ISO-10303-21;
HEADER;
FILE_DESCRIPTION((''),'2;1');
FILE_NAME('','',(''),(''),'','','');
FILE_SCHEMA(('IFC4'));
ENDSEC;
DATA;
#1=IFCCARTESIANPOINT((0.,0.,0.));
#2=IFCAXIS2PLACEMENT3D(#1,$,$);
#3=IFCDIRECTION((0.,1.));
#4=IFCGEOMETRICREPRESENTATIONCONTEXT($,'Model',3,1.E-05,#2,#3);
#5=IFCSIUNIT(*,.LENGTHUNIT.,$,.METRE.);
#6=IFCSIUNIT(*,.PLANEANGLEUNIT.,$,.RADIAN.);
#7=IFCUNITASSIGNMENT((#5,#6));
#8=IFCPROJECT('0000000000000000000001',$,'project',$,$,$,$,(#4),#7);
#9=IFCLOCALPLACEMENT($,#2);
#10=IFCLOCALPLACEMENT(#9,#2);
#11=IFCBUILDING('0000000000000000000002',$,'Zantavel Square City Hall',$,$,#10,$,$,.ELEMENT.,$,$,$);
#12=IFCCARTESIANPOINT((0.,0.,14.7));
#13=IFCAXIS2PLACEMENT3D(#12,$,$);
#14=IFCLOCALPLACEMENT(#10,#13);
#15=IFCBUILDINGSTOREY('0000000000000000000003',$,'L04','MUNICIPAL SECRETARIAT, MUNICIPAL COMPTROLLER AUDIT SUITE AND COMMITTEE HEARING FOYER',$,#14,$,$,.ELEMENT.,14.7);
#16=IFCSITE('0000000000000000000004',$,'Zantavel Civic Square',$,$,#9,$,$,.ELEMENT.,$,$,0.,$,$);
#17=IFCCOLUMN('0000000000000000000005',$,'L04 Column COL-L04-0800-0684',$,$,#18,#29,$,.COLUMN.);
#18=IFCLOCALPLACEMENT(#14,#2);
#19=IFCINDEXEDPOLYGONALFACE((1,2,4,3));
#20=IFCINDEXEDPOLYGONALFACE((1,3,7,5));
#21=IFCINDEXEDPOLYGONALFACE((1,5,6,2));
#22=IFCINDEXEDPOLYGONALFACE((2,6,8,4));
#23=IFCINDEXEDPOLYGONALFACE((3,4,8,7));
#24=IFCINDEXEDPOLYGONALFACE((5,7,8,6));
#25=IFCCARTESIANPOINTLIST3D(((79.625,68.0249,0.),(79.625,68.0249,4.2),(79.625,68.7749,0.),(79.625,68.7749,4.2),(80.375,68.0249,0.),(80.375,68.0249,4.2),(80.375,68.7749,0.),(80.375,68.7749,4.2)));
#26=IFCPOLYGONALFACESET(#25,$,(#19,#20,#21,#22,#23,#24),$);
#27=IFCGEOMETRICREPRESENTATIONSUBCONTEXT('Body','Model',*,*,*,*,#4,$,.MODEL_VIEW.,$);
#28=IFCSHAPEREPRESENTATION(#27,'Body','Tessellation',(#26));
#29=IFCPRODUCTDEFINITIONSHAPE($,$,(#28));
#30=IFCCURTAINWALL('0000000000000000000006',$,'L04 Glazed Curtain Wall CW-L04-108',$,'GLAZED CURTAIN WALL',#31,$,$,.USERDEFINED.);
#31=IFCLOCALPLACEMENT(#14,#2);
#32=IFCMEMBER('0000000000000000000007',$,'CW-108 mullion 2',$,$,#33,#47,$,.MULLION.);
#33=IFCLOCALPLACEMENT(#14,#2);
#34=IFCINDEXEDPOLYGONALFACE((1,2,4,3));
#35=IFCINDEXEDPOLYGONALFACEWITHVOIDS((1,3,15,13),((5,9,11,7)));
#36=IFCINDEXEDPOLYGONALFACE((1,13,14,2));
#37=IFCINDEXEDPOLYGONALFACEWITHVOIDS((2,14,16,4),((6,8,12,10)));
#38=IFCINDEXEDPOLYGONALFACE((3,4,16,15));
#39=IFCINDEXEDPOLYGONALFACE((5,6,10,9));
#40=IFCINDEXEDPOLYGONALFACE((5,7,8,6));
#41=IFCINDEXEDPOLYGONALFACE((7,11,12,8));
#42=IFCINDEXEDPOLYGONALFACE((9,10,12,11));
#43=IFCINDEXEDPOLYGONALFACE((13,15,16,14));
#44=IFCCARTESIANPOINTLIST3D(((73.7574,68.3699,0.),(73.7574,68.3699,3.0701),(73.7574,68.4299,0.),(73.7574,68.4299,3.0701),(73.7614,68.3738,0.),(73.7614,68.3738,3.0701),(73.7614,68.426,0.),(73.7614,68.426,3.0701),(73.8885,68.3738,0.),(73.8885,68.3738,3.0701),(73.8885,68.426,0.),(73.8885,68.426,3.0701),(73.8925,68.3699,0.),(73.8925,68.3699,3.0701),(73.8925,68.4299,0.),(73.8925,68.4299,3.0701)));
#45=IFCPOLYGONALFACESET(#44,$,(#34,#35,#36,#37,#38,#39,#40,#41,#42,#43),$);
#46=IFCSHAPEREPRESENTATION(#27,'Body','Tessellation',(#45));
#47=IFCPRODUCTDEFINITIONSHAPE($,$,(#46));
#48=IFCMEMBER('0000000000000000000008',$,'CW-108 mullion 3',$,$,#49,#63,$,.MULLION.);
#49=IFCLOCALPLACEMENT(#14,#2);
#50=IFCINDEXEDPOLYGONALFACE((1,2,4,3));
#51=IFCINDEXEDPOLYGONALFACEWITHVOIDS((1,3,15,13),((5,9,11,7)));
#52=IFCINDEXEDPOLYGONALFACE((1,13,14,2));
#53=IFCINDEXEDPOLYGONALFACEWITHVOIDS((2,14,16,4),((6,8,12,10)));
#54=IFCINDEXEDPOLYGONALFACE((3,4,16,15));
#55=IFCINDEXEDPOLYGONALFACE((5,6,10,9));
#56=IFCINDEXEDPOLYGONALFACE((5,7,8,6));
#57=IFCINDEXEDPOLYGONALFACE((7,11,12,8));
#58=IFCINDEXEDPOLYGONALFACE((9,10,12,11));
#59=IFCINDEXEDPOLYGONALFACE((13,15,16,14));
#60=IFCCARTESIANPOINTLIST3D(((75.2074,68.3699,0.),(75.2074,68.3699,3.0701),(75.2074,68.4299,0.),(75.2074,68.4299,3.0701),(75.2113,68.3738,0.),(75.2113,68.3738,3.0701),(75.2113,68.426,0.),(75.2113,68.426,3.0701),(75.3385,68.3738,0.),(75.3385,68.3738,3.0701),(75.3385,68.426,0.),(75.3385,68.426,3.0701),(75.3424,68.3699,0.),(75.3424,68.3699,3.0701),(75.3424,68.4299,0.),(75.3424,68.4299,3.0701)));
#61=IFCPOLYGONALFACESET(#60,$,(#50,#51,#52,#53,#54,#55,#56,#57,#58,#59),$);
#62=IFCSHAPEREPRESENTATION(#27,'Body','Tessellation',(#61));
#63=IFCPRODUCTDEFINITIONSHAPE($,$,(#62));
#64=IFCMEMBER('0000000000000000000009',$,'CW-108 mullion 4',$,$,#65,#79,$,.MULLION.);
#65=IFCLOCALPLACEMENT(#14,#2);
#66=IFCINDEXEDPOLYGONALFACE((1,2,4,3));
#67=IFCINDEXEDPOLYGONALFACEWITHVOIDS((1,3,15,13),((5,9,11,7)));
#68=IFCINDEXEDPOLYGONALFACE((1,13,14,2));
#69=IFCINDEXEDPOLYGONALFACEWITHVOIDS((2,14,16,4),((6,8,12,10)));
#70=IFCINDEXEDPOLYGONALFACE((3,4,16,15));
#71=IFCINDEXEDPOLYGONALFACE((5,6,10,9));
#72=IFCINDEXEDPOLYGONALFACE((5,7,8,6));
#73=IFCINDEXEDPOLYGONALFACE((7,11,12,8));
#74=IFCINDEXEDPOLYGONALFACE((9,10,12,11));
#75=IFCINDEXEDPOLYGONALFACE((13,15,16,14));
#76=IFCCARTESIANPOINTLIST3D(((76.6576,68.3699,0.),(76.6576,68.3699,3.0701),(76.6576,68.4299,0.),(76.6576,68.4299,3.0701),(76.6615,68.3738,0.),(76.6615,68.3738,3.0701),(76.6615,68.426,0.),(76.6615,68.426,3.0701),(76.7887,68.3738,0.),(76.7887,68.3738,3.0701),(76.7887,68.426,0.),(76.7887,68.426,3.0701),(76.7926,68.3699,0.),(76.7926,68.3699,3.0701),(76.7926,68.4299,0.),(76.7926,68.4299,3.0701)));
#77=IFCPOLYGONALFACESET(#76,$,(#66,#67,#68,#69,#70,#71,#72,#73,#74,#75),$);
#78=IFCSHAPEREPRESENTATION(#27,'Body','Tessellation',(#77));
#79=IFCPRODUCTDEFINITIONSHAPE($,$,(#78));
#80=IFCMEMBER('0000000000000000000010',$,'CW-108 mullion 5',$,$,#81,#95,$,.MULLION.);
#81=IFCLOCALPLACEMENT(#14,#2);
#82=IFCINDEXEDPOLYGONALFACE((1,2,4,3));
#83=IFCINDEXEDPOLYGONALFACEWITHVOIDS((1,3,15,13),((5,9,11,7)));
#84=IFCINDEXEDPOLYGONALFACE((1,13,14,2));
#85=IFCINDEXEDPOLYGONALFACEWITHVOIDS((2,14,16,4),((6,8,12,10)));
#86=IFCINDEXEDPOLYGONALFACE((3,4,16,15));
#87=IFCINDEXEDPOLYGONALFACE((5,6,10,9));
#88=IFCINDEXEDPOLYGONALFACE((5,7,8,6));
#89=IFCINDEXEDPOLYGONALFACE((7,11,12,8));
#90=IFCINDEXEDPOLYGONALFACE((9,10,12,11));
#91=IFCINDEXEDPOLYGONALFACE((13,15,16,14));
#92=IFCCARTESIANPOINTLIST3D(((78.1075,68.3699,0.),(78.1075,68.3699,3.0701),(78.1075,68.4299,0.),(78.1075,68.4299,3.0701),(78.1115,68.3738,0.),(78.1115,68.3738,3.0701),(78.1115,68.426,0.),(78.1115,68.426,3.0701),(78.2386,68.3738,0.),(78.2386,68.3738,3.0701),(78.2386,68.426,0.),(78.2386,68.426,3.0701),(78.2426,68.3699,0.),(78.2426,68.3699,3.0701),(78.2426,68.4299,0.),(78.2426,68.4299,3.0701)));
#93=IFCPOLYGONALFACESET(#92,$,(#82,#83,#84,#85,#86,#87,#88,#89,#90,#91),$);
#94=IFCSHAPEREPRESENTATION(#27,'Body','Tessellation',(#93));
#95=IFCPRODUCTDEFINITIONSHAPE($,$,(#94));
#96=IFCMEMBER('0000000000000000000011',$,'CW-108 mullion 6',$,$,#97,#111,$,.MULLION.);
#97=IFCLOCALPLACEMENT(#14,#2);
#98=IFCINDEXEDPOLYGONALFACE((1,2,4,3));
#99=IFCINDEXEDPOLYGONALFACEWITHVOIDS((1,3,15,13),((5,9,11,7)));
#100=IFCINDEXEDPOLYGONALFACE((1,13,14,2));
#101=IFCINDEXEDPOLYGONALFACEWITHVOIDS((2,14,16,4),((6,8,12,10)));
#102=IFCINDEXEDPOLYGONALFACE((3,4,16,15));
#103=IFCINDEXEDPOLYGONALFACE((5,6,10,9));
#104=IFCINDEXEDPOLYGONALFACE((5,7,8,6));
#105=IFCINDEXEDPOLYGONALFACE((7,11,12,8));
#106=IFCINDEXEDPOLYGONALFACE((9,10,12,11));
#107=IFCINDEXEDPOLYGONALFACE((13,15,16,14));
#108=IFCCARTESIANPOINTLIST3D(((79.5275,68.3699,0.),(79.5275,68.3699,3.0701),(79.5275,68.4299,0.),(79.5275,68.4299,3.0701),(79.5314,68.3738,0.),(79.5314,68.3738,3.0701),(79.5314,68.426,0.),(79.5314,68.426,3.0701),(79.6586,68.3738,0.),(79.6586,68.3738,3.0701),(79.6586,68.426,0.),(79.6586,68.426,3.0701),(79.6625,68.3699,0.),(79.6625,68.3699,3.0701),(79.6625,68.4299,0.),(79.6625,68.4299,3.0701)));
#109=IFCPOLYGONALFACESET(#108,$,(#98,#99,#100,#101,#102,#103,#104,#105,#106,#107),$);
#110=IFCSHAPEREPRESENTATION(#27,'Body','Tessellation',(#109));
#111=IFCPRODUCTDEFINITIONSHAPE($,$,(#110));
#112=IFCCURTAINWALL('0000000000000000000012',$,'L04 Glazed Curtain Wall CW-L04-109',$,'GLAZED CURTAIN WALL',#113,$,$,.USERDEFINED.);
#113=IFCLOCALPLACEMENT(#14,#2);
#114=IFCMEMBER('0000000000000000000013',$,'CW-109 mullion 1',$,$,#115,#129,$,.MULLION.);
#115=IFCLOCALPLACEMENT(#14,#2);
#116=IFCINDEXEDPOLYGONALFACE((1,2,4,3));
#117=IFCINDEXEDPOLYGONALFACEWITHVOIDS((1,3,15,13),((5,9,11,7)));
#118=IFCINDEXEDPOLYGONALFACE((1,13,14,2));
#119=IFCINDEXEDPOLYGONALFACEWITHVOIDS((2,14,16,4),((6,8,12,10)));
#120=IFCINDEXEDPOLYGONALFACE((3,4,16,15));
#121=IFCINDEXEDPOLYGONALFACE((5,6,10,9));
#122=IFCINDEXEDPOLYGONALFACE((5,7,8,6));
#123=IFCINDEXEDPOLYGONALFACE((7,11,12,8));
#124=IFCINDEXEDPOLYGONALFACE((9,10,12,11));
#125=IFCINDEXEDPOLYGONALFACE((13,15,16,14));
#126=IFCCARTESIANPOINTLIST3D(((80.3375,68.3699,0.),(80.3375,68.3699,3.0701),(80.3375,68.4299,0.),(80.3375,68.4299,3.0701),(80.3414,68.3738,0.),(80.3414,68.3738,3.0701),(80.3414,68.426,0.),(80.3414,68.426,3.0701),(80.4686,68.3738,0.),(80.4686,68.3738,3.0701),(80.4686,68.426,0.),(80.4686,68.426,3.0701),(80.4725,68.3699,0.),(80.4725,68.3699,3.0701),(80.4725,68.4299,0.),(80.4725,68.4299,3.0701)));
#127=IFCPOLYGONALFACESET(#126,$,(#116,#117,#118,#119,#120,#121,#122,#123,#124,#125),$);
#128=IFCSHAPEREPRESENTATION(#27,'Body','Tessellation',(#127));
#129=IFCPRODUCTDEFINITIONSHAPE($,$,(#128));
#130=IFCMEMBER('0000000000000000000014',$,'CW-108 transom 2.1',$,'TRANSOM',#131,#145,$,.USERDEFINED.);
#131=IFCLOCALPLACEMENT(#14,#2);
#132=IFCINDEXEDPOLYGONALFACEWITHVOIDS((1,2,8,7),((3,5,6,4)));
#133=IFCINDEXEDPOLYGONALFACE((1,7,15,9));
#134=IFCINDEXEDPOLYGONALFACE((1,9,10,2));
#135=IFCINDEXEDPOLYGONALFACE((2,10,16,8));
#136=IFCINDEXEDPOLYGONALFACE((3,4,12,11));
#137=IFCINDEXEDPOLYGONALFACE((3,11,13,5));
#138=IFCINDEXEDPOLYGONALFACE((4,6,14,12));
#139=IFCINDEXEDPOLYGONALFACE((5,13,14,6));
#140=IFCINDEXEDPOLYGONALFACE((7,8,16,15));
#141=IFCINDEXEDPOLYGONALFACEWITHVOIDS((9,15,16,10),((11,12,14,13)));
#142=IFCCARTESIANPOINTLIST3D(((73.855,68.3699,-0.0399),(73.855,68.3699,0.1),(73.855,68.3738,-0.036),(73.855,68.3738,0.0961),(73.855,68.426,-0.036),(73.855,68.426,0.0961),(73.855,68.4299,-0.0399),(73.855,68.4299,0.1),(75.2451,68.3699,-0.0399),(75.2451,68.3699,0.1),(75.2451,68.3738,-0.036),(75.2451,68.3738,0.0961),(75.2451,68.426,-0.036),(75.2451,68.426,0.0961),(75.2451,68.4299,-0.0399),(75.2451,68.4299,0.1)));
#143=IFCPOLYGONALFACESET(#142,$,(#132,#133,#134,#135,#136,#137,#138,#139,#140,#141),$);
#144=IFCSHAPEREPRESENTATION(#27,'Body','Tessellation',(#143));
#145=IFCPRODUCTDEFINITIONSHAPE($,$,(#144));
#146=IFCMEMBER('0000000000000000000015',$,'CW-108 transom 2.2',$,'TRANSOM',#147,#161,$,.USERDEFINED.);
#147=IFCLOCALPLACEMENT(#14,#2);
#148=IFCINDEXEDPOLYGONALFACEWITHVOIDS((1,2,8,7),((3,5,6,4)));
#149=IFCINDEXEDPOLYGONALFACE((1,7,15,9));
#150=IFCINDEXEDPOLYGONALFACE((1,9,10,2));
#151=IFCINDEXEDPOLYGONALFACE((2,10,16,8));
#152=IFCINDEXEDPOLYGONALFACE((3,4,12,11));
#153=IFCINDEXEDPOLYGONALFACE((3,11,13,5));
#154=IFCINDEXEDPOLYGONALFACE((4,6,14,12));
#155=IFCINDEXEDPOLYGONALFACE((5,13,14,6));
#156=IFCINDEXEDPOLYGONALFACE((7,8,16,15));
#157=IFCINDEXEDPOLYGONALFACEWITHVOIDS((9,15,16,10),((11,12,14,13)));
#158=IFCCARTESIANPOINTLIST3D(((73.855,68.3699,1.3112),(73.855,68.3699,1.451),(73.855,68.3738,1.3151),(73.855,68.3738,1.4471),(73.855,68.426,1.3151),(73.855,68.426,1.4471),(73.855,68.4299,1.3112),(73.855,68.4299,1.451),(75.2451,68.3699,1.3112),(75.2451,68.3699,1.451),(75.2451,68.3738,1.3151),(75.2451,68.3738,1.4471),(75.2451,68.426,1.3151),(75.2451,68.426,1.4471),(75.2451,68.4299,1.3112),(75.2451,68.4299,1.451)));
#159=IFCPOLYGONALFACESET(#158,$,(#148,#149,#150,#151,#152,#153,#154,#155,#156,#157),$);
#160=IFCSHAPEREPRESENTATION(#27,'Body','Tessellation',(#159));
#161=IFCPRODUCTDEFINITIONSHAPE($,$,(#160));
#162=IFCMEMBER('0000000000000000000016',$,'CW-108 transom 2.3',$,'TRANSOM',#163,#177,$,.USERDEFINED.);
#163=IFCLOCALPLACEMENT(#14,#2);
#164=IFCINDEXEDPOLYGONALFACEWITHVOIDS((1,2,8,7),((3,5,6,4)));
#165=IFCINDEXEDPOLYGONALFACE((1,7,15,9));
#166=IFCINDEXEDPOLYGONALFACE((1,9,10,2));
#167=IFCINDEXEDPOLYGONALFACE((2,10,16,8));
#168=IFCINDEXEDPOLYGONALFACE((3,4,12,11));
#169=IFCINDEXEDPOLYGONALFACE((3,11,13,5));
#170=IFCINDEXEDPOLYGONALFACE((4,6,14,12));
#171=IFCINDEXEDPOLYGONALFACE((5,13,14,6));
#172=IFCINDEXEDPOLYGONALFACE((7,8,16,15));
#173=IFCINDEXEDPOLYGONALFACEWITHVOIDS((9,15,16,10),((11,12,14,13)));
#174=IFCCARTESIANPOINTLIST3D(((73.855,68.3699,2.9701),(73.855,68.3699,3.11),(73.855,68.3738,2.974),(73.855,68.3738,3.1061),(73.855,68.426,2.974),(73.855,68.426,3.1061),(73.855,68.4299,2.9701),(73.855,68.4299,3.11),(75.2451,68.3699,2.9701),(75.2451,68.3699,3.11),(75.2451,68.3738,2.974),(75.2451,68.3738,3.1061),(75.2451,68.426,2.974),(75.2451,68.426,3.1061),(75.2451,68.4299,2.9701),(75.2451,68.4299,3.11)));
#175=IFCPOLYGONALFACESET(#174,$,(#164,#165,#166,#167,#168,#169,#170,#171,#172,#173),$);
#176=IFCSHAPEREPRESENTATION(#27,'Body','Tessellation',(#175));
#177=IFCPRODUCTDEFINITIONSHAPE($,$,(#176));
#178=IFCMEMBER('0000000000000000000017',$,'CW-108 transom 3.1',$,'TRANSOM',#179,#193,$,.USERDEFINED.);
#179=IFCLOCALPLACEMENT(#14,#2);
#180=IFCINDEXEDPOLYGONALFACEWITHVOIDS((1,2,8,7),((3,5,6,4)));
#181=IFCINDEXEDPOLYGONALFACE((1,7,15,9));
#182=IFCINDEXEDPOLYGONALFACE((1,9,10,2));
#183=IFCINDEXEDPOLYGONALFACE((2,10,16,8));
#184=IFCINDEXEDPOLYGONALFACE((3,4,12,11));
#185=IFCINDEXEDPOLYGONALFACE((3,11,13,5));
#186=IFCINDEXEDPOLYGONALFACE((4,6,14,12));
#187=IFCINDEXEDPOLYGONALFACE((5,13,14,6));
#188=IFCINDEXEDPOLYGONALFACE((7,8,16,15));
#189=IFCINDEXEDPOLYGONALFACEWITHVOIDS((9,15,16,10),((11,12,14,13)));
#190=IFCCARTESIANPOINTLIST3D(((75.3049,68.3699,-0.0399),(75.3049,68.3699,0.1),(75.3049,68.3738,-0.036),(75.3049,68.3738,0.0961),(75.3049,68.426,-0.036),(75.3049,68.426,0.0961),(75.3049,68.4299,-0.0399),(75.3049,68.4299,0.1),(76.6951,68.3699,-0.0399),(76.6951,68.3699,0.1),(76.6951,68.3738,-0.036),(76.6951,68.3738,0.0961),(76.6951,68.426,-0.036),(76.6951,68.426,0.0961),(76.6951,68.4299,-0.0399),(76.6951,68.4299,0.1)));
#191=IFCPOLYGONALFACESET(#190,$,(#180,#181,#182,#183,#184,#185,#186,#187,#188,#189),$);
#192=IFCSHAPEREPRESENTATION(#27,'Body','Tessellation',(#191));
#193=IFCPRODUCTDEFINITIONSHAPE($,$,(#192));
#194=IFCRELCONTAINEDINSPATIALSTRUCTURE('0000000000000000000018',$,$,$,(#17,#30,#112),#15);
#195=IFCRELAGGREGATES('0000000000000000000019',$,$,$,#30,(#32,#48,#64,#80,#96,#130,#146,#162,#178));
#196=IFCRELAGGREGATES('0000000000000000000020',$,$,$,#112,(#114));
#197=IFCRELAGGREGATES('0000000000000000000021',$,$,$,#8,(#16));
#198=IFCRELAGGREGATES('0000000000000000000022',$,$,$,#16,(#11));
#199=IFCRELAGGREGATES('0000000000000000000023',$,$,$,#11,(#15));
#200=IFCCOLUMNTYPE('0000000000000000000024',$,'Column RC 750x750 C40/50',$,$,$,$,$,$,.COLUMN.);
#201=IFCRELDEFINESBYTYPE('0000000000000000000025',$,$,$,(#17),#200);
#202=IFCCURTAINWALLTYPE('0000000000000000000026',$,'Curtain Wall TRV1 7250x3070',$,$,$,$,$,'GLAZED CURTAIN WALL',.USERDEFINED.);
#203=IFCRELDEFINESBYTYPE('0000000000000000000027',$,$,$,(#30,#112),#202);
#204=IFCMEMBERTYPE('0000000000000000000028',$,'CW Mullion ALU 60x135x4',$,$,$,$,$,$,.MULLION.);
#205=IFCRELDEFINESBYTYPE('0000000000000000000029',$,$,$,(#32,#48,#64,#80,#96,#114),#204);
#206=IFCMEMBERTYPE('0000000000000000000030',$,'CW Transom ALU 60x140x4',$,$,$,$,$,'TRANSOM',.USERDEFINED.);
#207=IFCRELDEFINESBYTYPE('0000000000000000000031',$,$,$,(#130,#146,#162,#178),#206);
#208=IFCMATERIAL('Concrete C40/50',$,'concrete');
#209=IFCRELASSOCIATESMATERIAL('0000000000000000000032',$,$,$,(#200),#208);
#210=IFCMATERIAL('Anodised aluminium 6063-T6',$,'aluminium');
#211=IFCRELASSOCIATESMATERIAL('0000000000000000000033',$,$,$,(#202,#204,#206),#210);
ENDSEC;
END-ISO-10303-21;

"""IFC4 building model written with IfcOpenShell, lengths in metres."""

from ifc_helpers import new_model, si_unit, direction, frame, origin, origin_2d, place, context, subcontext, project, spatial, rectangle, hollow_rectangle, extrude, material, material_profile, profile_set, type_object, element, aggregate, save


model = new_model("IFC4")

# Units and contexts
model_context = context("Model", 3, precision=1e-05, world=origin(), true_north=direction((0.0, 1.0)))
body_context = subcontext(model_context, "Body", "Model", "MODEL_VIEW")
ifc_project = project(units=[si_unit("LENGTHUNIT", "METRE"), si_unit("PLANEANGLEUNIT", "RADIAN")], contexts=[model_context])

# Site, building, storey
site_placement = place(None, origin())
site = spatial("IfcSite", under=ifc_project, at=site_placement, Name="Zantavel Civic Square", CompositionType="ELEMENT", RefElevation=0.0)
building_placement = place(site_placement, origin())
building = spatial("IfcBuilding", under=site, at=building_placement, Name="Zantavel Square City Hall", CompositionType="ELEMENT")
storey_placement = place(building_placement, frame((0.0, 0.0, 14.7)))
storey = spatial("IfcBuildingStorey", under=building, at=storey_placement, Name="L04", Description="MUNICIPAL SECRETARIAT, MUNICIPAL COMPTROLLER AUDIT SUITE AND COMMITTEE HEARING FOYER", CompositionType="ELEMENT", Elevation=14.7)

# Column
ifc_material_1 = material(Name="Concrete C40/50", Category="concrete")
ifc_material_profile_1 = material_profile(ifc_material_1, rectangle(XDim=0.75, YDim=0.75, at=origin_2d()), Name="RC 750x750")
ifc_profile_set_1 = profile_set([ifc_material_profile_1], Name="Concrete C40/50")
column_type = type_object("IfcColumnType", Name="Column RC 750x750 C40/50", PredefinedType="COLUMN", material=ifc_profile_set_1)
column_placement = place(storey_placement, frame((80.0, 68.3999, 0.0), z_axis=(0.0, 0.0, 1.0), x_axis=(1.0, 0.0, 0.0)))
element("IfcColumn", 1, at=column_placement, inside=storey, type_object=column_type, Name="L04 Column COL-L04-0800-0684", PredefinedType="COLUMN", context=body_context, shape_type="SweptSolid", body=[
    extrude(rectangle(XDim=0.75, YDim=0.75, at=origin_2d()), origin(), (0.0, 0.0, 1.0), 4.2),
])

# Curtain wall, members
ifc_material_2 = material(Name="Anodised aluminium 6063-T6", Category="aluminium")
curtain_wall_type = type_object("IfcCurtainWallType", Name="Curtain Wall TRV1 7250x3070", ElementType="GLAZED CURTAIN WALL", PredefinedType="USERDEFINED", material=ifc_material_2)
curtain_wall_1_placement = place(storey_placement, origin())
curtain_wall_1 = element("IfcCurtainWall", 2, at=curtain_wall_1_placement, inside=storey, type_object=curtain_wall_type, Name="L04 Glazed Curtain Wall CW-L04-108", ObjectType="GLAZED CURTAIN WALL", PredefinedType="USERDEFINED")
ifc_material_profile_2 = material_profile(ifc_material_2, hollow_rectangle(XDim=0.0601, YDim=0.135, WallThickness=0.0039, at=origin_2d()), Name="ALU 60x135x4")
ifc_profile_set_2 = profile_set([ifc_material_profile_2], Name="Anodised aluminium 6063-T6")
member_type_1 = type_object("IfcMemberType", Name="CW Mullion ALU 60x135x4", PredefinedType="MULLION", material=ifc_profile_set_2)
member_1_placement = place(storey_placement, frame((73.825, 68.3999, 0.0), z_axis=(0.0, 0.0, 1.0), x_axis=(0.0, 1.0, 0.0)))
member_1 = element("IfcMember", 3, at=member_1_placement, type_object=member_type_1, Name="CW-108 mullion 2", PredefinedType="MULLION", context=body_context, shape_type="SweptSolid", body=[
    extrude(hollow_rectangle(XDim=0.0601, YDim=0.135, WallThickness=0.0039, at=origin_2d()), origin(), (0.0, 0.0, 1.0), 3.0701),
])
member_2_placement = place(storey_placement, frame((75.2749, 68.3999, 0.0), z_axis=(0.0, 0.0, 1.0), x_axis=(0.0, 1.0, 0.0)))
member_2 = element("IfcMember", 4, at=member_2_placement, type_object=member_type_1, Name="CW-108 mullion 3", PredefinedType="MULLION", context=body_context, shape_type="SweptSolid", body=[
    extrude(hollow_rectangle(XDim=0.0601, YDim=0.135, WallThickness=0.0039, at=origin_2d()), origin(), (0.0, 0.0, 1.0), 3.0701),
])
member_3_placement = place(storey_placement, frame((76.7251, 68.3999, 0.0), z_axis=(0.0, 0.0, 1.0), x_axis=(0.0, 1.0, 0.0)))
member_3 = element("IfcMember", 5, at=member_3_placement, type_object=member_type_1, Name="CW-108 mullion 4", PredefinedType="MULLION", context=body_context, shape_type="SweptSolid", body=[
    extrude(hollow_rectangle(XDim=0.0601, YDim=0.135, WallThickness=0.0039, at=origin_2d()), origin(), (0.0, 0.0, 1.0), 3.0701),
])
member_4_placement = place(storey_placement, frame((78.175, 68.3999, 0.0), z_axis=(0.0, 0.0, 1.0), x_axis=(0.0, 1.0, 0.0)))
member_4 = element("IfcMember", 6, at=member_4_placement, type_object=member_type_1, Name="CW-108 mullion 5", PredefinedType="MULLION", context=body_context, shape_type="SweptSolid", body=[
    extrude(hollow_rectangle(XDim=0.0601, YDim=0.135, WallThickness=0.0039, at=origin_2d()), origin(), (0.0, 0.0, 1.0), 3.0701),
])
member_5_placement = place(storey_placement, frame((79.595, 68.3999, 0.0), z_axis=(0.0, 0.0, 1.0), x_axis=(0.0, 1.0, 0.0)))
member_5 = element("IfcMember", 7, at=member_5_placement, type_object=member_type_1, Name="CW-108 mullion 6", PredefinedType="MULLION", context=body_context, shape_type="SweptSolid", body=[
    extrude(hollow_rectangle(XDim=0.0601, YDim=0.135, WallThickness=0.0039, at=origin_2d()), origin(), (0.0, 0.0, 1.0), 3.0701),
])

# Curtain wall, member
curtain_wall_2_placement = place(storey_placement, origin())
curtain_wall_2 = element("IfcCurtainWall", 8, at=curtain_wall_2_placement, inside=storey, type_object=curtain_wall_type, Name="L04 Glazed Curtain Wall CW-L04-109", ObjectType="GLAZED CURTAIN WALL", PredefinedType="USERDEFINED")
member_6_placement = place(storey_placement, frame((80.405, 68.3999, 0.0), z_axis=(0.0, 0.0, 1.0), x_axis=(0.0, 1.0, 0.0)))
member_6 = element("IfcMember", 9, at=member_6_placement, type_object=member_type_1, Name="CW-109 mullion 1", PredefinedType="MULLION", context=body_context, shape_type="SweptSolid", body=[
    extrude(hollow_rectangle(XDim=0.0601, YDim=0.135, WallThickness=0.0039, at=origin_2d()), origin(), (0.0, 0.0, 1.0), 3.0701),
])

# Members
ifc_material_profile_3 = material_profile(ifc_material_2, hollow_rectangle(XDim=0.0601, YDim=0.1399, WallThickness=0.0039, at=origin_2d()), Name="ALU 60x140x4")
ifc_profile_set_3 = profile_set([ifc_material_profile_3], Name="Anodised aluminium 6063-T6")
member_type_2 = type_object("IfcMemberType", Name="CW Transom ALU 60x140x4", ElementType="TRANSOM", PredefinedType="USERDEFINED", material=ifc_profile_set_3)
member_7_placement = place(storey_placement, frame((73.855, 68.3999, 0.03), z_axis=(1.0, 0.0, 0.0), x_axis=(0.0, 1.0, 0.0)))
member_7 = element("IfcMember", 10, at=member_7_placement, type_object=member_type_2, Name="CW-108 transom 2.1", ObjectType="TRANSOM", PredefinedType="USERDEFINED", context=body_context, shape_type="SweptSolid", body=[
    extrude(hollow_rectangle(XDim=0.0601, YDim=0.1399, WallThickness=0.0039, at=origin_2d()), origin(), (0.0, 0.0, 1.0), 1.3901),
])
member_8_placement = place(storey_placement, frame((73.855, 68.3999, 1.3811), z_axis=(1.0, 0.0, 0.0), x_axis=(0.0, 1.0, 0.0)))
member_8 = element("IfcMember", 11, at=member_8_placement, type_object=member_type_2, Name="CW-108 transom 2.2", ObjectType="TRANSOM", PredefinedType="USERDEFINED", context=body_context, shape_type="SweptSolid", body=[
    extrude(hollow_rectangle(XDim=0.0601, YDim=0.1399, WallThickness=0.0039, at=origin_2d()), origin(), (0.0, 0.0, 1.0), 1.3901),
])
member_9_placement = place(storey_placement, frame((73.855, 68.3999, 3.04), z_axis=(1.0, 0.0, 0.0), x_axis=(0.0, 1.0, 0.0)))
member_9 = element("IfcMember", 12, at=member_9_placement, type_object=member_type_2, Name="CW-108 transom 2.3", ObjectType="TRANSOM", PredefinedType="USERDEFINED", context=body_context, shape_type="SweptSolid", body=[
    extrude(hollow_rectangle(XDim=0.0601, YDim=0.1399, WallThickness=0.0039, at=origin_2d()), origin(), (0.0, 0.0, 1.0), 1.3901),
])
member_10_placement = place(storey_placement, frame((75.3049, 68.3999, 0.03), z_axis=(1.0, 0.0, 0.0), x_axis=(0.0, 1.0, 0.0)))
member_10 = element("IfcMember", 13, at=member_10_placement, type_object=member_type_2, Name="CW-108 transom 3.1", ObjectType="TRANSOM", PredefinedType="USERDEFINED", context=body_context, shape_type="SweptSolid", body=[
    extrude(hollow_rectangle(XDim=0.0601, YDim=0.1399, WallThickness=0.0039, at=origin_2d()), origin(), (0.0, 0.0, 1.0), 1.3901),
])

aggregate(curtain_wall_1, [member_1, member_2, member_3, member_4, member_5, member_7, member_8, member_9, member_10])
aggregate(curtain_wall_2, [member_6])

save(model, "model.ifc")
